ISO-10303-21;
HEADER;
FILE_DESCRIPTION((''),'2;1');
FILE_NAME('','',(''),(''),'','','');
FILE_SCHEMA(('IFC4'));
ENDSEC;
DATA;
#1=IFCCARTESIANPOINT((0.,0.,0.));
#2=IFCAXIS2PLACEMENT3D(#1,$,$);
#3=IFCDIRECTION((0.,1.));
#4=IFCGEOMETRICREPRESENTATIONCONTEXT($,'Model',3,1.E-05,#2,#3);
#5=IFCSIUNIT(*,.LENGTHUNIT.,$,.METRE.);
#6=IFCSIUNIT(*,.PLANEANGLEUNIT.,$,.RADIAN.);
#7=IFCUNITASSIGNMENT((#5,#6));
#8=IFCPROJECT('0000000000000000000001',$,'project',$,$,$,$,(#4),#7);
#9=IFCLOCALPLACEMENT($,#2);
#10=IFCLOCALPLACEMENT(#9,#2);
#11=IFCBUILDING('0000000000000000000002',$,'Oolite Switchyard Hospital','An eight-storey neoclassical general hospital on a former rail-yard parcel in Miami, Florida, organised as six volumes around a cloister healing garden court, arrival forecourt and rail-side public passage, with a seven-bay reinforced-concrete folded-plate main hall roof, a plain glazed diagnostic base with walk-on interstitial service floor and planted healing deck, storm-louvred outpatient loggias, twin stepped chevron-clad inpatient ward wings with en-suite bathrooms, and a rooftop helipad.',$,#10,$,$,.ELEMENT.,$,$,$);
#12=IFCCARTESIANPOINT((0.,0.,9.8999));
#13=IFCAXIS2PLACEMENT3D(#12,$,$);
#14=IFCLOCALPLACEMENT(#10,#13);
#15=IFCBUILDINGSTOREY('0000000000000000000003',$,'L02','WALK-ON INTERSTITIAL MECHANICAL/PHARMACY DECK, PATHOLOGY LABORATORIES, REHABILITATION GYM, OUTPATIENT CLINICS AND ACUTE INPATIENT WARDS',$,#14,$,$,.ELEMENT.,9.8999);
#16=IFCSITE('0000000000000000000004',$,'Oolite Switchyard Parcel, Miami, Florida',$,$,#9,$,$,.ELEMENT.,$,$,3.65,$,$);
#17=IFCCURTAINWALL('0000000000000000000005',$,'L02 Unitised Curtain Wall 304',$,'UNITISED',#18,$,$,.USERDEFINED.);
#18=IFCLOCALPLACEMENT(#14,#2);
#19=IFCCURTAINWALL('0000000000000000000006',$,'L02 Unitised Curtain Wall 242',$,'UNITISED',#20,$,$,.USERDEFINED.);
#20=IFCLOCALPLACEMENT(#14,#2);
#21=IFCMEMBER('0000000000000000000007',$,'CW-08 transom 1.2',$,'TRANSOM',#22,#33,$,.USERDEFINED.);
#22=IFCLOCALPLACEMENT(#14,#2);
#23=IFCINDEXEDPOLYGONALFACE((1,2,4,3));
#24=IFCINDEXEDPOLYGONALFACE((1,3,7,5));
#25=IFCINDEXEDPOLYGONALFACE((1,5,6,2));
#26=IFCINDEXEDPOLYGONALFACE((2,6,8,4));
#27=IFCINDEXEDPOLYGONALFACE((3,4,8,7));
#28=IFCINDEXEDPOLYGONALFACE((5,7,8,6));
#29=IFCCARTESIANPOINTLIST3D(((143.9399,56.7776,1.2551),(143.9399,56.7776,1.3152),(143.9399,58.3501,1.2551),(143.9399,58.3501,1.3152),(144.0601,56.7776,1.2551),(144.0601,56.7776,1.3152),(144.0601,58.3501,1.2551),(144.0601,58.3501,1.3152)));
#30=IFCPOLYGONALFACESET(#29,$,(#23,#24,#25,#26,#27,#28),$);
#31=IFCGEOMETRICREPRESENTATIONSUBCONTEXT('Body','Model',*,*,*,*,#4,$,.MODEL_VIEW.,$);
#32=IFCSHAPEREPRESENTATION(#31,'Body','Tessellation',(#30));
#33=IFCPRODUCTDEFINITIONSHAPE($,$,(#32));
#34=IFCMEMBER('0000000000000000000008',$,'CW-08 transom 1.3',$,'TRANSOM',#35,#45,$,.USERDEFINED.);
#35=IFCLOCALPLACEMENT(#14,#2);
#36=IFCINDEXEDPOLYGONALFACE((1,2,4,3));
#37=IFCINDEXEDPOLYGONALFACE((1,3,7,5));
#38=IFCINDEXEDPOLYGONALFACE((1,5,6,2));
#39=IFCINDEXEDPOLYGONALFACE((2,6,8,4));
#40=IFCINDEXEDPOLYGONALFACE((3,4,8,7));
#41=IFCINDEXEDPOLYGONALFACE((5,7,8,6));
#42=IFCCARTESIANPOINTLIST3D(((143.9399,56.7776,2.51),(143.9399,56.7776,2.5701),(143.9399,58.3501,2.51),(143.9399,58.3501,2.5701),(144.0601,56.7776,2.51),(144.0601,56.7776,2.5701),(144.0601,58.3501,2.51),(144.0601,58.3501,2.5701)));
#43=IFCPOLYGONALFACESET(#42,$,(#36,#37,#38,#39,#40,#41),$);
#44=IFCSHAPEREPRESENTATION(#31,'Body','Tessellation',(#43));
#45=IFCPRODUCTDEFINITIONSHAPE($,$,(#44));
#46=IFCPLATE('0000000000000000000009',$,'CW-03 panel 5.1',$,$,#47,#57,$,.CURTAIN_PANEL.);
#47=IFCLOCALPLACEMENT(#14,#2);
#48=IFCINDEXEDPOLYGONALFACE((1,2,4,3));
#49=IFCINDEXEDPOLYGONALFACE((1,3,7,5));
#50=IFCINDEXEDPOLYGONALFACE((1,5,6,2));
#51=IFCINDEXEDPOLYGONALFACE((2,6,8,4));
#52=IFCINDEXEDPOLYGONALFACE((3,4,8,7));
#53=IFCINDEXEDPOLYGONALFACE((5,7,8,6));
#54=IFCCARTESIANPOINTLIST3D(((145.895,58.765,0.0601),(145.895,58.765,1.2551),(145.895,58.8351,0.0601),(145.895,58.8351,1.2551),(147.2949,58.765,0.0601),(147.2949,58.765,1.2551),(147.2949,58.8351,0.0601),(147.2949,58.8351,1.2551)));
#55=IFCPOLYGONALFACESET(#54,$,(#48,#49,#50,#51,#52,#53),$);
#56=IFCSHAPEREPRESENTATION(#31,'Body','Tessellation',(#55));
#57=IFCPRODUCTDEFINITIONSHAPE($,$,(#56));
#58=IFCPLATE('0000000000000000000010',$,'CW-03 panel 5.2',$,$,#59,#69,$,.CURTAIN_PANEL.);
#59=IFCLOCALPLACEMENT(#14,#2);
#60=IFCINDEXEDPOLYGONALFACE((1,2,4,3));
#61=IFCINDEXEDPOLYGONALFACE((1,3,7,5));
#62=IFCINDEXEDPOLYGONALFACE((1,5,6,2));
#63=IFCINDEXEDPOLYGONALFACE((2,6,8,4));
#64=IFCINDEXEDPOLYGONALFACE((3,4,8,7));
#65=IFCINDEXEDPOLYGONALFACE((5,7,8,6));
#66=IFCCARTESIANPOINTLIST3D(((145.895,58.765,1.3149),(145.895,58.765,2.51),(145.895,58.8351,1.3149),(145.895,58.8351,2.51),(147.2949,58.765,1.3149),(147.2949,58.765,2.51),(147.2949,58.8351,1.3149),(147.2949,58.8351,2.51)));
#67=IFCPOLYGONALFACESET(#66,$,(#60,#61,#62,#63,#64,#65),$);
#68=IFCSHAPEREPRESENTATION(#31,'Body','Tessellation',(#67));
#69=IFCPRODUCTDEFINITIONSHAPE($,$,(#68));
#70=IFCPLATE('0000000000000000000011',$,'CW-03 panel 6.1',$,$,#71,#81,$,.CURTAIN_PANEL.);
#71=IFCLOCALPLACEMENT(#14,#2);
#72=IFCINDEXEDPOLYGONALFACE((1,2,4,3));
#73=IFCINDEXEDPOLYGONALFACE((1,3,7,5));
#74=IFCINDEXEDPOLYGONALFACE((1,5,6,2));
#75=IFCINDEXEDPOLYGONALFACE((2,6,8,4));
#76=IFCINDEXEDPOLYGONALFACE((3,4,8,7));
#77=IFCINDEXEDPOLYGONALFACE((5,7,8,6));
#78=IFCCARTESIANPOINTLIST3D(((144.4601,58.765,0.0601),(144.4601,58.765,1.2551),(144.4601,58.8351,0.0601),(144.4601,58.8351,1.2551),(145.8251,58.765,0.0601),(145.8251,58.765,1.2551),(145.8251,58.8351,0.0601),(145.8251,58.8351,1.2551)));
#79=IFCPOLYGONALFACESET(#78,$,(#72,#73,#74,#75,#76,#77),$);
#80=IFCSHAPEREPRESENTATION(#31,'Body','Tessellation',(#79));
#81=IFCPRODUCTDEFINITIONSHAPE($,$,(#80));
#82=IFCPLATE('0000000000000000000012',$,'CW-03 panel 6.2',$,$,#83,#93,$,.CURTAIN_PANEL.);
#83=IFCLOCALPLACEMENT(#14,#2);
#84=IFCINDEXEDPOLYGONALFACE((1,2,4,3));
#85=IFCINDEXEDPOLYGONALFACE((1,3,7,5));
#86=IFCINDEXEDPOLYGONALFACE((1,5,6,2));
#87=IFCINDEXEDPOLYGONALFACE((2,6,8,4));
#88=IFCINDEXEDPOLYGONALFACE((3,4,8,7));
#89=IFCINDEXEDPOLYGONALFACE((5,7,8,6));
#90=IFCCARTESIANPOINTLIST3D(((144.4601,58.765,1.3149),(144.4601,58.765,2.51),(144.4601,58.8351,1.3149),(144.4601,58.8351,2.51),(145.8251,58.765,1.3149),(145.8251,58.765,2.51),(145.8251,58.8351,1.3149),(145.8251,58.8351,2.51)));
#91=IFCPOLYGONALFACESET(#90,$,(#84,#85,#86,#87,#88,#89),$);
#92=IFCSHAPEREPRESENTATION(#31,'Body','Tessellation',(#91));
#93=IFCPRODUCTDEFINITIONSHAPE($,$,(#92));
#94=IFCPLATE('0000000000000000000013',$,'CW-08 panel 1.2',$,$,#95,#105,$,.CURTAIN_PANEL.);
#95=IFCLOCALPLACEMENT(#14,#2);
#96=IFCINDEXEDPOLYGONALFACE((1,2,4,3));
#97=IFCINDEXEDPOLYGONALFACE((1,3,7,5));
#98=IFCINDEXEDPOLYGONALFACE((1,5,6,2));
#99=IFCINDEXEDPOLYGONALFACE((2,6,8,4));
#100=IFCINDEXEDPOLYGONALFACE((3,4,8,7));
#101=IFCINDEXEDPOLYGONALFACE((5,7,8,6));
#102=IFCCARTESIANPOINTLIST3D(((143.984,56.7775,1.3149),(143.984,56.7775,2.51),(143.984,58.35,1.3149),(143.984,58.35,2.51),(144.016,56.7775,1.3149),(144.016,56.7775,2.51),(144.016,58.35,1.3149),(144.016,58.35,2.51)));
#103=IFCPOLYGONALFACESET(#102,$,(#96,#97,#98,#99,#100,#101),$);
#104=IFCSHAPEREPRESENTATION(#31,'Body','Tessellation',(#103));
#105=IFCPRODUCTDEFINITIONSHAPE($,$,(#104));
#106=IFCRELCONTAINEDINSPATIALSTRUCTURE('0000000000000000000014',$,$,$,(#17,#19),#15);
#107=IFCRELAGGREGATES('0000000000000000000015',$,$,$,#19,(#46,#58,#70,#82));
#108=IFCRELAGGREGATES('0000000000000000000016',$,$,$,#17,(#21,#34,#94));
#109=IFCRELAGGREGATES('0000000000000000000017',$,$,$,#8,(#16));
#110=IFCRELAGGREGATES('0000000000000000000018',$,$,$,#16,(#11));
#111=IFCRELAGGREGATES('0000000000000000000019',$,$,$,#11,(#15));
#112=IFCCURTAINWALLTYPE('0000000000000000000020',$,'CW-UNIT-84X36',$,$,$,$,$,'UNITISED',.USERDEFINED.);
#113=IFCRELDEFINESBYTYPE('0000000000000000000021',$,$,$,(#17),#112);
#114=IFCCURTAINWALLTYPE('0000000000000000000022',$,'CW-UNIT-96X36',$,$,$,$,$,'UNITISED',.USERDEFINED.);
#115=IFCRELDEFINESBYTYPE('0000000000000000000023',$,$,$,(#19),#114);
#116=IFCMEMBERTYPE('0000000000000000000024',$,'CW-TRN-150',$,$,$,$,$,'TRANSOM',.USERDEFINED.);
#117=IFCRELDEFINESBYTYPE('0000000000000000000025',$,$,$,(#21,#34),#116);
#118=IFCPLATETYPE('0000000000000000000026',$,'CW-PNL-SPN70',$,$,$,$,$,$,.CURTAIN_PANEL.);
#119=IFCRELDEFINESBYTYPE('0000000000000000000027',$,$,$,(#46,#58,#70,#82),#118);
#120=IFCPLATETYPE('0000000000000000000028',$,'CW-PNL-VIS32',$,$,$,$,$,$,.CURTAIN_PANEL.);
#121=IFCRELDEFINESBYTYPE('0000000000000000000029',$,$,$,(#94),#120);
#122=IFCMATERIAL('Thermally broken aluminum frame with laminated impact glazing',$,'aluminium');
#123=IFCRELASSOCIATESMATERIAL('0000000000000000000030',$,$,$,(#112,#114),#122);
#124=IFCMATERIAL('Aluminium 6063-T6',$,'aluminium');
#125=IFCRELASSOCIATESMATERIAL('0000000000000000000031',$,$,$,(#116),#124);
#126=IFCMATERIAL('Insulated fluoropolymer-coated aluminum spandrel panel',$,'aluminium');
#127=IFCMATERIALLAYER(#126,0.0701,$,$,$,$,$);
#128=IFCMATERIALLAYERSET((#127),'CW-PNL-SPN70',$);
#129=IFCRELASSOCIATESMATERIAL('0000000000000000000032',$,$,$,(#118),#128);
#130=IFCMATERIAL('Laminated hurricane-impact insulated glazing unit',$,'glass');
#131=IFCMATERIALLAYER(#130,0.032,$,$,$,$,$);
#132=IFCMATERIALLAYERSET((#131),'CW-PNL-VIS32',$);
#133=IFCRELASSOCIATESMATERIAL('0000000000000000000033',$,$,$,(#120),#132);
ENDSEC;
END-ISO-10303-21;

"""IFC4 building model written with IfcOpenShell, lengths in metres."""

from ifc_helpers import new_model, si_unit, direction, frame, origin, origin_2d, place, context, subcontext, project, spatial, rectangle, extrude, material, layer, layer_set, material_profile, profile_set, type_object, element, aggregate, save


model = new_model("IFC4")

# Units and contexts
model_context = context("Model", 3, precision=1e-05, world=origin(), true_north=direction((0.0, 1.0)))
body_context = subcontext(model_context, "Body", "Model", "MODEL_VIEW")
ifc_project = project(units=[si_unit("LENGTHUNIT", "METRE"), si_unit("PLANEANGLEUNIT", "RADIAN")], contexts=[model_context])

# Site, building, storey
site_placement = place(None, origin())
site = spatial("IfcSite", under=ifc_project, at=site_placement, Name="Oolite Switchyard Parcel, Miami, Florida", CompositionType="ELEMENT", RefElevation=3.65)
building_placement = place(site_placement, origin())
building = spatial("IfcBuilding", under=site, at=building_placement, Name="Oolite Switchyard Hospital", Description="An eight-storey neoclassical general hospital on a former rail-yard parcel in Miami, Florida, organised as six volumes around a cloister healing garden court, arrival forecourt and rail-side public passage, with a seven-bay reinforced-concrete folded-plate main hall roof, a plain glazed diagnostic base with walk-on interstitial service floor and planted healing deck, storm-louvred outpatient loggias, twin stepped chevron-clad inpatient ward wings with en-suite bathrooms, and a rooftop helipad.", CompositionType="ELEMENT")
storey_placement = place(building_placement, frame((0.0, 0.0, 9.8999)))
storey = spatial("IfcBuildingStorey", under=building, at=storey_placement, Name="L02", Description="WALK-ON INTERSTITIAL MECHANICAL/PHARMACY DECK, PATHOLOGY LABORATORIES, REHABILITATION GYM, OUTPATIENT CLINICS AND ACUTE INPATIENT WARDS", CompositionType="ELEMENT", Elevation=9.8999)

# Curtain wall
ifc_material_1 = material(Name="Thermally broken aluminum frame with laminated impact glazing", Category="aluminium")
curtain_wall_type_1 = type_object("IfcCurtainWallType", Name="CW-UNIT-84X36", ElementType="UNITISED", PredefinedType="USERDEFINED", material=ifc_material_1)
curtain_wall_1_placement = place(storey_placement, origin())
curtain_wall_1 = element("IfcCurtainWall", 1, at=curtain_wall_1_placement, inside=storey, type_object=curtain_wall_type_1, Name="L02 Unitised Curtain Wall 304", ObjectType="UNITISED", PredefinedType="USERDEFINED")
ifc_material_2 = material(Name="Aluminium 6063-T6", Category="aluminium")

# Curtain wall
curtain_wall_type_2 = type_object("IfcCurtainWallType", Name="CW-UNIT-96X36", ElementType="UNITISED", PredefinedType="USERDEFINED", material=ifc_material_1)
curtain_wall_2_placement = place(storey_placement, origin())
curtain_wall_2 = element("IfcCurtainWall", 2, at=curtain_wall_2_placement, inside=storey, type_object=curtain_wall_type_2, Name="L02 Unitised Curtain Wall 242", ObjectType="UNITISED", PredefinedType="USERDEFINED")
ifc_material_profile_1 = material_profile(ifc_material_2, rectangle(XDim=0.1201, YDim=0.0601, at=origin_2d()), Name="CWT60X120")
ifc_profile_set_1 = profile_set([ifc_material_profile_1], Name="Aluminium 6063-T6")
member_type_1 = type_object("IfcMemberType", Name="CW-TRN-150", ElementType="TRANSOM", PredefinedType="USERDEFINED", material=ifc_profile_set_1)

# Members
member_1_placement = place(storey_placement, frame((144.0, 58.3501, 1.2852), z_axis=(0.0, -1.0, 0.0), x_axis=(1.0, 0.0, 0.0)))
member_1 = element("IfcMember", 3, at=member_1_placement, type_object=member_type_1, Name="CW-08 transom 1.2", ObjectType="TRANSOM", PredefinedType="USERDEFINED", context=body_context, shape_type="SweptSolid", body=[
    extrude(rectangle(XDim=0.1201, YDim=0.0601, at=origin_2d()), origin(), (0.0, 0.0, 1.0), 1.5725),
])
member_2_placement = place(storey_placement, frame((144.0, 58.3501, 2.54), z_axis=(0.0, -1.0, 0.0), x_axis=(1.0, 0.0, 0.0)))
member_2 = element("IfcMember", 4, at=member_2_placement, type_object=member_type_1, Name="CW-08 transom 1.3", ObjectType="TRANSOM", PredefinedType="USERDEFINED", context=body_context, shape_type="SweptSolid", body=[
    extrude(rectangle(XDim=0.1201, YDim=0.0601, at=origin_2d()), origin(), (0.0, 0.0, 1.0), 1.5725),
])

# Plates
ifc_material_3 = material(Name="Insulated fluoropolymer-coated aluminum spandrel panel", Category="aluminium")
ifc_layer_1 = layer(ifc_material_3, 0.0701)
ifc_layer_set_1 = layer_set([ifc_layer_1], Name="CW-PNL-SPN70")
plate_type_1 = type_object("IfcPlateType", Name="CW-PNL-SPN70", PredefinedType="CURTAIN_PANEL", material=ifc_layer_set_1)
plate_1_placement = place(storey_placement, frame((146.595, 58.8, 0.0601), z_axis=(0.0, 0.0, 1.0), x_axis=(-1.0, 0.0, 0.0)))
plate_1 = element("IfcPlate", 5, at=plate_1_placement, type_object=plate_type_1, Name="CW-03 panel 5.1", PredefinedType="CURTAIN_PANEL", context=body_context, shape_type="SweptSolid", body=[
    extrude(rectangle(XDim=1.3999, YDim=0.0701, at=origin_2d()), origin(), (0.0, 0.0, 1.0), 1.1951),
])
plate_2_placement = place(storey_placement, frame((146.595, 58.8, 1.3149), z_axis=(0.0, 0.0, 1.0), x_axis=(-1.0, 0.0, 0.0)))
plate_2 = element("IfcPlate", 6, at=plate_2_placement, type_object=plate_type_1, Name="CW-03 panel 5.2", PredefinedType="CURTAIN_PANEL", context=body_context, shape_type="SweptSolid", body=[
    extrude(rectangle(XDim=1.3999, YDim=0.0701, at=origin_2d()), origin(), (0.0, 0.0, 1.0), 1.1951),
])
plate_3_placement = place(storey_placement, frame((145.1426, 58.8, 0.0601), z_axis=(0.0, 0.0, 1.0), x_axis=(-1.0, 0.0, 0.0)))
plate_3 = element("IfcPlate", 7, at=plate_3_placement, type_object=plate_type_1, Name="CW-03 panel 6.1", PredefinedType="CURTAIN_PANEL", context=body_context, shape_type="SweptSolid", body=[
    extrude(rectangle(XDim=1.365, YDim=0.0701, at=origin_2d()), origin(), (0.0, 0.0, 1.0), 1.1951),
])
plate_4_placement = place(storey_placement, frame((145.1426, 58.8, 1.3149), z_axis=(0.0, 0.0, 1.0), x_axis=(-1.0, 0.0, 0.0)))
plate_4 = element("IfcPlate", 8, at=plate_4_placement, type_object=plate_type_1, Name="CW-03 panel 6.2", PredefinedType="CURTAIN_PANEL", context=body_context, shape_type="SweptSolid", body=[
    extrude(rectangle(XDim=1.365, YDim=0.0701, at=origin_2d()), origin(), (0.0, 0.0, 1.0), 1.1951),
])
aggregate(curtain_wall_2, [plate_1, plate_2, plate_3, plate_4])
ifc_material_4 = material(Name="Laminated hurricane-impact insulated glazing unit", Category="glass")
ifc_layer_2 = layer(ifc_material_4, 0.032)
ifc_layer_set_2 = layer_set([ifc_layer_2], Name="CW-PNL-VIS32")
plate_type_2 = type_object("IfcPlateType", Name="CW-PNL-VIS32", PredefinedType="CURTAIN_PANEL", material=ifc_layer_set_2)
plate_5_placement = place(storey_placement, frame((144.0, 57.5637, 1.3149), z_axis=(0.0, 0.0, 1.0), x_axis=(0.0, -1.0, 0.0)))
plate_5 = element("IfcPlate", 9, at=plate_5_placement, type_object=plate_type_2, Name="CW-08 panel 1.2", PredefinedType="CURTAIN_PANEL", context=body_context, shape_type="SweptSolid", body=[
    extrude(rectangle(XDim=1.5725, YDim=0.032, at=origin_2d()), origin(), (0.0, 0.0, 1.0), 1.1951),
])
aggregate(curtain_wall_1, [member_1, member_2, plate_5])

save(model, "model.ifc")
